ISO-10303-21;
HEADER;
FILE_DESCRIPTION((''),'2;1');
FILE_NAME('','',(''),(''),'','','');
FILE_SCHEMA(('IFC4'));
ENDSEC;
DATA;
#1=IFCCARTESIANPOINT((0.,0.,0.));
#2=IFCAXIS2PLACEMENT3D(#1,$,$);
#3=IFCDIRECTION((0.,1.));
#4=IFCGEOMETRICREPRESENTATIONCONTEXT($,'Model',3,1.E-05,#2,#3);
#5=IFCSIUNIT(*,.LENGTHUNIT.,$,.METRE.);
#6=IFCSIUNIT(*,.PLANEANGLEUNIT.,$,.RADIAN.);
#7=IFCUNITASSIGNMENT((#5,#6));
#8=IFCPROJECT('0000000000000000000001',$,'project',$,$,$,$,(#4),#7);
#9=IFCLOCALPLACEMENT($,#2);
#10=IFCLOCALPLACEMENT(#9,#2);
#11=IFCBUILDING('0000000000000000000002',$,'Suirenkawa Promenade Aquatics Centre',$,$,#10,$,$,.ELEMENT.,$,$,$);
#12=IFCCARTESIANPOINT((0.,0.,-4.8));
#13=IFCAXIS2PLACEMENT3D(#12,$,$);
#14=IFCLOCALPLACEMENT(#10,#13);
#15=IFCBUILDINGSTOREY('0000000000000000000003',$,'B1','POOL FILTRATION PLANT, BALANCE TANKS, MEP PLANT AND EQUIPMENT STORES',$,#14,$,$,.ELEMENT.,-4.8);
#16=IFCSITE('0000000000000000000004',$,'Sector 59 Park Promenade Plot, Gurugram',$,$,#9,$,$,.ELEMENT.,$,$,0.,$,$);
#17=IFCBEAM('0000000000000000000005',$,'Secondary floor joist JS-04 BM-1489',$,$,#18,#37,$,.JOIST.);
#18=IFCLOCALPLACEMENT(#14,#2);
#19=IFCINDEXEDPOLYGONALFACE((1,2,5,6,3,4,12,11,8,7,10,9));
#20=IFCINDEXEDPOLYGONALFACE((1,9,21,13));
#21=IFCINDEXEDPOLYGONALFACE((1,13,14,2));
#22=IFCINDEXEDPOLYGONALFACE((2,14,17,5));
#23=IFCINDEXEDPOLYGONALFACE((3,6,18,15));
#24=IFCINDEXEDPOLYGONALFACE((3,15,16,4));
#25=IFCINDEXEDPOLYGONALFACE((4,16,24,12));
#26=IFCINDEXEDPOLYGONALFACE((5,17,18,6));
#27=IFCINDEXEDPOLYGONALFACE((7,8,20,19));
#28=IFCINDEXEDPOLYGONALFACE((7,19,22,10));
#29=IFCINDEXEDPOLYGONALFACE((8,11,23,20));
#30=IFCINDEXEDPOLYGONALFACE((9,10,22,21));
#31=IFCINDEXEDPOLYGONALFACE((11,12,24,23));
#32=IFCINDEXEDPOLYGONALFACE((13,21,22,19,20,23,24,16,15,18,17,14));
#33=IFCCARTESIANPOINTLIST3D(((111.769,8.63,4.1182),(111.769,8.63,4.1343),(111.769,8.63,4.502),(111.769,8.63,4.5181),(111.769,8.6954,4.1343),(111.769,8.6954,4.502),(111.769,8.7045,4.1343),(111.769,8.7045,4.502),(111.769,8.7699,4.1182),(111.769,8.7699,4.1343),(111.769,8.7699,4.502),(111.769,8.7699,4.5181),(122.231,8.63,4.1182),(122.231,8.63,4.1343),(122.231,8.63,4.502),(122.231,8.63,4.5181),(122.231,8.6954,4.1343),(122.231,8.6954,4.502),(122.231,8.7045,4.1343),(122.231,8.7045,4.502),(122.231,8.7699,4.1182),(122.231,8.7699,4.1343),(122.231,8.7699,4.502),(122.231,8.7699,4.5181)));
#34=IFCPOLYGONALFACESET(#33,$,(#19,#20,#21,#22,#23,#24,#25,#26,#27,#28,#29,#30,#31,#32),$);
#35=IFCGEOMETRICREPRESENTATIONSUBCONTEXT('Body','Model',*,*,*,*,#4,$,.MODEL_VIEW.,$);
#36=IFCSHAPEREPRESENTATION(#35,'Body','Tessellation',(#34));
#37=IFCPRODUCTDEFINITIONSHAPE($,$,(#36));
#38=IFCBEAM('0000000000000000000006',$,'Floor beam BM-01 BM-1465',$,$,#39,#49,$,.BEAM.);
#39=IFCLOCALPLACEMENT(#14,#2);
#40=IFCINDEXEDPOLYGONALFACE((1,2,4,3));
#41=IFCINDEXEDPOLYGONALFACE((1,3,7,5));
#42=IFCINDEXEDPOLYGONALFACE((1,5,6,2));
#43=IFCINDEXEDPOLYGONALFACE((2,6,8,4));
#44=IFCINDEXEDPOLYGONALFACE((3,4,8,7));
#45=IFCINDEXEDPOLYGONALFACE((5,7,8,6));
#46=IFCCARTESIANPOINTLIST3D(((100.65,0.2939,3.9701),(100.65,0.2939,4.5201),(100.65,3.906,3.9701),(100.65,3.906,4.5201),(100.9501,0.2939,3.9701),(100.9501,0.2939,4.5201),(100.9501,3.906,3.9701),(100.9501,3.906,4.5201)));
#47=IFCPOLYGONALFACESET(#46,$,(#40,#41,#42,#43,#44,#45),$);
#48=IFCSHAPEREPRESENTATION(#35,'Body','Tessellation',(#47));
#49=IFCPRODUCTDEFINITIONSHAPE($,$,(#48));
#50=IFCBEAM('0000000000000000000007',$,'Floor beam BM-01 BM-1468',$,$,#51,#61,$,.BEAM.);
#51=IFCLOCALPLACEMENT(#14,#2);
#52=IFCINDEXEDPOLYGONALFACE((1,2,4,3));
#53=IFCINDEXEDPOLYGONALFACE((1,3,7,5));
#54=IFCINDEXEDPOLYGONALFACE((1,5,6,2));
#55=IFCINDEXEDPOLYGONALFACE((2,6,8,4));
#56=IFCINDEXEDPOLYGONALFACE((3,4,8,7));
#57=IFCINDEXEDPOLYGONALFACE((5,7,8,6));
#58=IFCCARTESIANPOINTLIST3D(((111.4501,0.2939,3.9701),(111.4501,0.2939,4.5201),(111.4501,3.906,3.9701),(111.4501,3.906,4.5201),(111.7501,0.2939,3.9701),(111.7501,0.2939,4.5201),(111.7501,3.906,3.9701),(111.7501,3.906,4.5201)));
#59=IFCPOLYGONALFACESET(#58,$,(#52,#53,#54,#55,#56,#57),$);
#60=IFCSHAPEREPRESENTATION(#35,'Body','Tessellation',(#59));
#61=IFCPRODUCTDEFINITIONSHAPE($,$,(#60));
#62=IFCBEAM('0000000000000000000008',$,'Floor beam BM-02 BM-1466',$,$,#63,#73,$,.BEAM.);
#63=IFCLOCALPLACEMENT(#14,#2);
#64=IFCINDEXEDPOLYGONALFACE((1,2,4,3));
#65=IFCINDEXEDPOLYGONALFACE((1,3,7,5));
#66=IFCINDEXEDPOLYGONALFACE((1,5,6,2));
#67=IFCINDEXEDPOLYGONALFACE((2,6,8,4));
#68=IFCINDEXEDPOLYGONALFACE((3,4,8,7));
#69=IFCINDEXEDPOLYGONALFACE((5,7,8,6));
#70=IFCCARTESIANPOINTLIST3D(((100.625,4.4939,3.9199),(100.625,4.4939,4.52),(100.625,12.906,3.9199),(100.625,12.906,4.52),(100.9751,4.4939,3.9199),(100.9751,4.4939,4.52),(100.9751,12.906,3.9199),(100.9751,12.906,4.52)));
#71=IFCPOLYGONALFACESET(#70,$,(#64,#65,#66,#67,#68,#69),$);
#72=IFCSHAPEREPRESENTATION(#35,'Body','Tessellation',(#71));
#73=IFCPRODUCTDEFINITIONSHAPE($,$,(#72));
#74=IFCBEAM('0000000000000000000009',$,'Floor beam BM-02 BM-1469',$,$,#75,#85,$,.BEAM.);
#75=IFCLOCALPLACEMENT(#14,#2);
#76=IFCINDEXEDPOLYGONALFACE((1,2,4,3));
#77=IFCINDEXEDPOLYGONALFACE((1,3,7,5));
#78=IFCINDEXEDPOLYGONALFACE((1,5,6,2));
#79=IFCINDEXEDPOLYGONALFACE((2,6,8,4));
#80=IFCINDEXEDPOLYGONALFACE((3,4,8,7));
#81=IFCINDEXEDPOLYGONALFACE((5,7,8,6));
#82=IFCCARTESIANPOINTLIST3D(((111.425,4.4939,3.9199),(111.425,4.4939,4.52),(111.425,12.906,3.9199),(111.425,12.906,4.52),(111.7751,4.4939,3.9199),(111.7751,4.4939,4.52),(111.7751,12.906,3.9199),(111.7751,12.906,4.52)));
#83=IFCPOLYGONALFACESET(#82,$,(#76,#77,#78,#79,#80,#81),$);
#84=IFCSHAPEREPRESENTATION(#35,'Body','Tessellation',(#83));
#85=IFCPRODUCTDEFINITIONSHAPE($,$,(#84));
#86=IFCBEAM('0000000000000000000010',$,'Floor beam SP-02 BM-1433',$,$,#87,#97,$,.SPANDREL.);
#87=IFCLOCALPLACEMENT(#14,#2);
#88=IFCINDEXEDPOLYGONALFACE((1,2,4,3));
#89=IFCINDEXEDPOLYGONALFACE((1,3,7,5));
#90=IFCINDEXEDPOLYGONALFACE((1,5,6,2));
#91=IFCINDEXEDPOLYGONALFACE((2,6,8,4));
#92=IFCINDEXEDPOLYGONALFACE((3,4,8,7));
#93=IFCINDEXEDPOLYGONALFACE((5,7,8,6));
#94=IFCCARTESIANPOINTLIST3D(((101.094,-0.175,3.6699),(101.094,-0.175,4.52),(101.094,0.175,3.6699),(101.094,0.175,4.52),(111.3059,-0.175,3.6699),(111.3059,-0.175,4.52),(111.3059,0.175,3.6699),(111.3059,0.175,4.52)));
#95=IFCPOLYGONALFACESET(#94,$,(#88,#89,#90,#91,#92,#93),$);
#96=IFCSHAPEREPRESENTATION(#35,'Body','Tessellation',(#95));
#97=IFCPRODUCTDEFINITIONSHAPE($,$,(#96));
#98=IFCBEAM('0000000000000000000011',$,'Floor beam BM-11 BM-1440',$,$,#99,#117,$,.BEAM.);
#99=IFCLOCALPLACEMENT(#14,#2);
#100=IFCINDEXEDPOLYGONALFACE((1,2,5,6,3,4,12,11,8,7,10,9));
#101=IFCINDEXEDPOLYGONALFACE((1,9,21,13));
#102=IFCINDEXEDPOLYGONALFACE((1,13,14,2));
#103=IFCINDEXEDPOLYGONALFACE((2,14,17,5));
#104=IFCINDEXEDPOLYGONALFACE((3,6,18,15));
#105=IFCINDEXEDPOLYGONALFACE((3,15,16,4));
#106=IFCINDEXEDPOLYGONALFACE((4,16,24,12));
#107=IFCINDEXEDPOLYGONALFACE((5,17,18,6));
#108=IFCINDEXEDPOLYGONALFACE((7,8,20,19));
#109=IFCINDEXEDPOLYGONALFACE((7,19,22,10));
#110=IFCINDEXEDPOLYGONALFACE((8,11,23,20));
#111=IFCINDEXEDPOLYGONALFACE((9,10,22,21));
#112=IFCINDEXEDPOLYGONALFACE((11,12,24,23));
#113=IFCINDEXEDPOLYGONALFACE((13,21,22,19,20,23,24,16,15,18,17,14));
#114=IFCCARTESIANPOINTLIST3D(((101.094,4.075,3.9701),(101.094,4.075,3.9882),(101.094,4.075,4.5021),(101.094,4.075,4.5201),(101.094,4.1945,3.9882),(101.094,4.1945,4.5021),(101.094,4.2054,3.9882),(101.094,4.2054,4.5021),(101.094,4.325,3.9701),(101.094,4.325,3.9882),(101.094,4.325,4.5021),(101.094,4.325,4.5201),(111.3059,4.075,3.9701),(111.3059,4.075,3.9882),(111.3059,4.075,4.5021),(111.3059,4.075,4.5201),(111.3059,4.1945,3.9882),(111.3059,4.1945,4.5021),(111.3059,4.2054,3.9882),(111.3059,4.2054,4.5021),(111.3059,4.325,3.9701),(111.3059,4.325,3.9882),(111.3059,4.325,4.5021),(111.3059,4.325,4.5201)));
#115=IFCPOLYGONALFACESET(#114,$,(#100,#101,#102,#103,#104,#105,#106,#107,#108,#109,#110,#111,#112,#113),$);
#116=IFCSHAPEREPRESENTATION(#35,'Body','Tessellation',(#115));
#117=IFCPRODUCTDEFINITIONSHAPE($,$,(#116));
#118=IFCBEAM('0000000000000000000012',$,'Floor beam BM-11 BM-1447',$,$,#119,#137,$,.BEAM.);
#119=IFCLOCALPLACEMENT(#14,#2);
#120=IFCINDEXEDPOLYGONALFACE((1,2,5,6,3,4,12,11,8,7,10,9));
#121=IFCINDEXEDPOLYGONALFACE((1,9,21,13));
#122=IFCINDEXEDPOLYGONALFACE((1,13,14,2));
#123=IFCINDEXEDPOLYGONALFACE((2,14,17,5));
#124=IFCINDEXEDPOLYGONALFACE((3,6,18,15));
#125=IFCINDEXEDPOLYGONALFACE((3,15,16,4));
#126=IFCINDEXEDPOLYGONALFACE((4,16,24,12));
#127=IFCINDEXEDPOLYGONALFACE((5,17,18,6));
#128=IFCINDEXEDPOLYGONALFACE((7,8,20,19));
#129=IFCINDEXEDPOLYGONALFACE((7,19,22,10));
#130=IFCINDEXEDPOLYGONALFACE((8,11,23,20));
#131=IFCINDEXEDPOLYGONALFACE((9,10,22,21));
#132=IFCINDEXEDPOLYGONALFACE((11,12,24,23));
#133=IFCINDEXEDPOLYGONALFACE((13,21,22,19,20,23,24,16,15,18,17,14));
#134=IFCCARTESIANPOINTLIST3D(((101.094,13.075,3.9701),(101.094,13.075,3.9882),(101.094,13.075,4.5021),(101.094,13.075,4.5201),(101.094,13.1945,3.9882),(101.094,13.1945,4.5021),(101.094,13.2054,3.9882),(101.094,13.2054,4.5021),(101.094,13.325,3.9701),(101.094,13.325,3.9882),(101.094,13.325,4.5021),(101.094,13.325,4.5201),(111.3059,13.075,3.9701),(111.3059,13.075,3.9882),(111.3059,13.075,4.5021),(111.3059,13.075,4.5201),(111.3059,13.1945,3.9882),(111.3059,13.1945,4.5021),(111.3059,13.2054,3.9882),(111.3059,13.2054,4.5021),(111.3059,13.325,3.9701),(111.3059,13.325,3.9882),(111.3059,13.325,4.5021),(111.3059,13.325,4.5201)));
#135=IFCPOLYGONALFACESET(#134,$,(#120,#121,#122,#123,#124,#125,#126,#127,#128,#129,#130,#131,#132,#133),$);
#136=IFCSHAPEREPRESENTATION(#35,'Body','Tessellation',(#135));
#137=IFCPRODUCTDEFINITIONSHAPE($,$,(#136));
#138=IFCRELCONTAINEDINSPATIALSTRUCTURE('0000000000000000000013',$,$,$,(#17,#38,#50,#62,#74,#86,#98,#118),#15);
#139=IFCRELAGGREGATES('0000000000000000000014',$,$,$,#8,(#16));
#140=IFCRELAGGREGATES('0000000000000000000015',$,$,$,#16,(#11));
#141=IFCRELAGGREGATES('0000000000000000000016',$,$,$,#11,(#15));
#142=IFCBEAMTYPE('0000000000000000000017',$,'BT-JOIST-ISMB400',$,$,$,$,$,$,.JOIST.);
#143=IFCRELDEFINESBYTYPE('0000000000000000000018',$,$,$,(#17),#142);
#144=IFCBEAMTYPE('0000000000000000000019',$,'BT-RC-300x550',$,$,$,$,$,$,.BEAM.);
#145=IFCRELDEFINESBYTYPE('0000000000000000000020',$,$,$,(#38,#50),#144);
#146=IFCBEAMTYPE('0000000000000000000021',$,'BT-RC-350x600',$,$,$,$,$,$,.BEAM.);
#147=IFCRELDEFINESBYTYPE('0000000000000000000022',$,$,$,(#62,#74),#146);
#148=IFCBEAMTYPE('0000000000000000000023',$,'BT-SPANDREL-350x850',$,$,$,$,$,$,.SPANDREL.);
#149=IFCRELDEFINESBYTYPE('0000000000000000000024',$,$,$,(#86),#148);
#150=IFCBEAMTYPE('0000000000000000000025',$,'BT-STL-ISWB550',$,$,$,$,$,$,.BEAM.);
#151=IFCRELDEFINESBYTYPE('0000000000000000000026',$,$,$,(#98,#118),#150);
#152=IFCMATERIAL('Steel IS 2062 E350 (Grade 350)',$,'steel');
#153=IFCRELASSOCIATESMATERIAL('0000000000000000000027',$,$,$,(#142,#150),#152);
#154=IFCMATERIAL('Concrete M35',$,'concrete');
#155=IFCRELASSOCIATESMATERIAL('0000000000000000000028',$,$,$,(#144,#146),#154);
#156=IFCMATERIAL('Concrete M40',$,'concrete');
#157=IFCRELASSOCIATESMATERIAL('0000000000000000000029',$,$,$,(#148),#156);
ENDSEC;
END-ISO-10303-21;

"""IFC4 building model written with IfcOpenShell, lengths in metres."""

from ifc_helpers import new_model, si_unit, direction, frame, origin, origin_2d, place, context, subcontext, project, spatial, rectangle, i_section, extrude, material, material_profile, profile_set, type_object, element, save


model = new_model("IFC4")

# Units and contexts
model_context = context("Model", 3, precision=1e-05, world=origin(), true_north=direction((0.0, 1.0)))
body_context = subcontext(model_context, "Body", "Model", "MODEL_VIEW")
ifc_project = project(units=[si_unit("LENGTHUNIT", "METRE"), si_unit("PLANEANGLEUNIT", "RADIAN")], contexts=[model_context])

# Site, building, storey
site_placement = place(None, origin())
site = spatial("IfcSite", under=ifc_project, at=site_placement, Name="Sector 59 Park Promenade Plot, Gurugram", CompositionType="ELEMENT", RefElevation=0.0)
building_placement = place(site_placement, origin())
building = spatial("IfcBuilding", under=site, at=building_placement, Name="Suirenkawa Promenade Aquatics Centre", CompositionType="ELEMENT")
storey_placement = place(building_placement, frame((0.0, 0.0, -4.8)))
storey = spatial("IfcBuildingStorey", under=building, at=storey_placement, Name="B1", Description="POOL FILTRATION PLANT, BALANCE TANKS, MEP PLANT AND EQUIPMENT STORES", CompositionType="ELEMENT", Elevation=-4.8)

# Shared definitions
ifc_material_1 = material(Name="Concrete M35", Category="concrete")

# Shared definitions
ifc_material_2 = material(Name="Concrete M40", Category="concrete")

# Beams
ifc_material_3 = material(Name="Steel IS 2062 E350 (Grade 350)", Category="steel")
ifc_material_profile_1 = material_profile(ifc_material_3, i_section(OverallWidth=0.1399, OverallDepth=0.3999, WebThickness=0.009, FlangeThickness=0.0161, at=origin_2d()), Name="ISMB 400", Category="steel")
ifc_profile_set_1 = profile_set([ifc_material_profile_1], Name="Steel IS 2062 E350 (Grade 350)")
beam_type_1 = type_object("IfcBeamType", Name="BT-JOIST-ISMB400", PredefinedType="JOIST", material=ifc_profile_set_1)
for number, where, z_axis, x_axis, name in (
    (1, (111.769, 8.7, 4.3181), (1.0, 0.0, 0.0), (0.0, 1.0, 0.0), "Secondary floor joist JS-04 BM-1489"),
):
    element("IfcBeam", number, at=place(storey_placement, frame(where, z_axis=z_axis, x_axis=x_axis)), inside=storey, type_object=beam_type_1, Name=name, PredefinedType="JOIST", context=body_context, shape_type="SweptSolid", body=[
        extrude(i_section(OverallWidth=0.1399, OverallDepth=0.3999, WebThickness=0.009, FlangeThickness=0.0161, at=origin_2d()), origin(), (0.0, 0.0, 1.0), 10.4619),
    ])
ifc_material_profile_2 = material_profile(ifc_material_1, rectangle(XDim=0.3, YDim=0.55, at=origin_2d()), Name="RC BM 300x550", Category="concrete")
ifc_profile_set_2 = profile_set([ifc_material_profile_2], Name="Concrete M35")
beam_type_2 = type_object("IfcBeamType", Name="BT-RC-300x550", PredefinedType="BEAM", material=ifc_profile_set_2)
for number, where, z_axis, x_axis, name in (
    (2, (100.8, 0.2939, 4.2451), (0.0, 1.0, 0.0), (-1.0, 0.0, 0.0), "Floor beam BM-01 BM-1465"),
    (3, (111.6001, 0.2939, 4.2451), (0.0, 1.0, 0.0), (-1.0, 0.0, 0.0), "Floor beam BM-01 BM-1468"),
):
    element("IfcBeam", number, at=place(storey_placement, frame(where, z_axis=z_axis, x_axis=x_axis)), inside=storey, type_object=beam_type_2, Name=name, PredefinedType="BEAM", context=body_context, shape_type="SweptSolid", body=[
        extrude(rectangle(XDim=0.3, YDim=0.55, at=origin_2d()), origin(), (0.0, 0.0, 1.0), 3.6121),
    ])
ifc_material_profile_3 = material_profile(ifc_material_1, rectangle(XDim=0.3501, YDim=0.6001, at=origin_2d()), Name="RC BM 350x600", Category="concrete")
ifc_profile_set_3 = profile_set([ifc_material_profile_3], Name="Concrete M35")
beam_type_3 = type_object("IfcBeamType", Name="BT-RC-350x600", PredefinedType="BEAM", material=ifc_profile_set_3)
for number, where, z_axis, x_axis, name in (
    (4, (100.8, 4.4939, 4.22), (0.0, 1.0, 0.0), (-1.0, 0.0, 0.0), "Floor beam BM-02 BM-1466"),
    (5, (111.6001, 4.4939, 4.22), (0.0, 1.0, 0.0), (-1.0, 0.0, 0.0), "Floor beam BM-02 BM-1469"),
):
    element("IfcBeam", number, at=place(storey_placement, frame(where, z_axis=z_axis, x_axis=x_axis)), inside=storey, type_object=beam_type_3, Name=name, PredefinedType="BEAM", context=body_context, shape_type="SweptSolid", body=[
        extrude(rectangle(XDim=0.3501, YDim=0.6001, at=origin_2d()), origin(), (0.0, 0.0, 1.0), 8.4121),
    ])
ifc_material_profile_4 = material_profile(ifc_material_2, rectangle(XDim=0.3501, YDim=0.8501, at=origin_2d()), Name="RC SPANDREL 350x850", Category="concrete")
ifc_profile_set_4 = profile_set([ifc_material_profile_4], Name="Concrete M40")
beam_type_4 = type_object("IfcBeamType", Name="BT-SPANDREL-350x850", PredefinedType="SPANDREL", material=ifc_profile_set_4)
beam_placement = place(storey_placement, frame((101.094, 0.0, 4.095), z_axis=(1.0, 0.0, 0.0), x_axis=(0.0, 1.0, 0.0)))
element("IfcBeam", 6, at=beam_placement, inside=storey, type_object=beam_type_4, Name="Floor beam SP-02 BM-1433", PredefinedType="SPANDREL", context=body_context, shape_type="SweptSolid", body=[
    extrude(rectangle(XDim=0.3501, YDim=0.8501, at=origin_2d()), origin(), (0.0, 0.0, 1.0), 10.2119),
])
ifc_material_profile_5 = material_profile(ifc_material_3, i_section(OverallWidth=0.25, OverallDepth=0.55, WebThickness=0.011, FlangeThickness=0.0181, at=origin_2d()), Name="ISWB 550", Category="steel")
ifc_profile_set_5 = profile_set([ifc_material_profile_5], Name="Steel IS 2062 E350 (Grade 350)")
beam_type_5 = type_object("IfcBeamType", Name="BT-STL-ISWB550", PredefinedType="BEAM", material=ifc_profile_set_5)
for number, where, z_axis, x_axis, name in (
    (7, (101.094, 4.2, 4.2451), (1.0, 0.0, 0.0), (0.0, 1.0, 0.0), "Floor beam BM-11 BM-1440"),
    (8, (101.094, 13.2, 4.2451), (1.0, 0.0, 0.0), (0.0, 1.0, 0.0), "Floor beam BM-11 BM-1447"),
):
    element("IfcBeam", number, at=place(storey_placement, frame(where, z_axis=z_axis, x_axis=x_axis)), inside=storey, type_object=beam_type_5, Name=name, PredefinedType="BEAM", context=body_context, shape_type="SweptSolid", body=[
        extrude(i_section(OverallWidth=0.25, OverallDepth=0.55, WebThickness=0.011, FlangeThickness=0.0181, at=origin_2d()), origin(), (0.0, 0.0, 1.0), 10.2119),
    ])

save(model, "model.ifc")
